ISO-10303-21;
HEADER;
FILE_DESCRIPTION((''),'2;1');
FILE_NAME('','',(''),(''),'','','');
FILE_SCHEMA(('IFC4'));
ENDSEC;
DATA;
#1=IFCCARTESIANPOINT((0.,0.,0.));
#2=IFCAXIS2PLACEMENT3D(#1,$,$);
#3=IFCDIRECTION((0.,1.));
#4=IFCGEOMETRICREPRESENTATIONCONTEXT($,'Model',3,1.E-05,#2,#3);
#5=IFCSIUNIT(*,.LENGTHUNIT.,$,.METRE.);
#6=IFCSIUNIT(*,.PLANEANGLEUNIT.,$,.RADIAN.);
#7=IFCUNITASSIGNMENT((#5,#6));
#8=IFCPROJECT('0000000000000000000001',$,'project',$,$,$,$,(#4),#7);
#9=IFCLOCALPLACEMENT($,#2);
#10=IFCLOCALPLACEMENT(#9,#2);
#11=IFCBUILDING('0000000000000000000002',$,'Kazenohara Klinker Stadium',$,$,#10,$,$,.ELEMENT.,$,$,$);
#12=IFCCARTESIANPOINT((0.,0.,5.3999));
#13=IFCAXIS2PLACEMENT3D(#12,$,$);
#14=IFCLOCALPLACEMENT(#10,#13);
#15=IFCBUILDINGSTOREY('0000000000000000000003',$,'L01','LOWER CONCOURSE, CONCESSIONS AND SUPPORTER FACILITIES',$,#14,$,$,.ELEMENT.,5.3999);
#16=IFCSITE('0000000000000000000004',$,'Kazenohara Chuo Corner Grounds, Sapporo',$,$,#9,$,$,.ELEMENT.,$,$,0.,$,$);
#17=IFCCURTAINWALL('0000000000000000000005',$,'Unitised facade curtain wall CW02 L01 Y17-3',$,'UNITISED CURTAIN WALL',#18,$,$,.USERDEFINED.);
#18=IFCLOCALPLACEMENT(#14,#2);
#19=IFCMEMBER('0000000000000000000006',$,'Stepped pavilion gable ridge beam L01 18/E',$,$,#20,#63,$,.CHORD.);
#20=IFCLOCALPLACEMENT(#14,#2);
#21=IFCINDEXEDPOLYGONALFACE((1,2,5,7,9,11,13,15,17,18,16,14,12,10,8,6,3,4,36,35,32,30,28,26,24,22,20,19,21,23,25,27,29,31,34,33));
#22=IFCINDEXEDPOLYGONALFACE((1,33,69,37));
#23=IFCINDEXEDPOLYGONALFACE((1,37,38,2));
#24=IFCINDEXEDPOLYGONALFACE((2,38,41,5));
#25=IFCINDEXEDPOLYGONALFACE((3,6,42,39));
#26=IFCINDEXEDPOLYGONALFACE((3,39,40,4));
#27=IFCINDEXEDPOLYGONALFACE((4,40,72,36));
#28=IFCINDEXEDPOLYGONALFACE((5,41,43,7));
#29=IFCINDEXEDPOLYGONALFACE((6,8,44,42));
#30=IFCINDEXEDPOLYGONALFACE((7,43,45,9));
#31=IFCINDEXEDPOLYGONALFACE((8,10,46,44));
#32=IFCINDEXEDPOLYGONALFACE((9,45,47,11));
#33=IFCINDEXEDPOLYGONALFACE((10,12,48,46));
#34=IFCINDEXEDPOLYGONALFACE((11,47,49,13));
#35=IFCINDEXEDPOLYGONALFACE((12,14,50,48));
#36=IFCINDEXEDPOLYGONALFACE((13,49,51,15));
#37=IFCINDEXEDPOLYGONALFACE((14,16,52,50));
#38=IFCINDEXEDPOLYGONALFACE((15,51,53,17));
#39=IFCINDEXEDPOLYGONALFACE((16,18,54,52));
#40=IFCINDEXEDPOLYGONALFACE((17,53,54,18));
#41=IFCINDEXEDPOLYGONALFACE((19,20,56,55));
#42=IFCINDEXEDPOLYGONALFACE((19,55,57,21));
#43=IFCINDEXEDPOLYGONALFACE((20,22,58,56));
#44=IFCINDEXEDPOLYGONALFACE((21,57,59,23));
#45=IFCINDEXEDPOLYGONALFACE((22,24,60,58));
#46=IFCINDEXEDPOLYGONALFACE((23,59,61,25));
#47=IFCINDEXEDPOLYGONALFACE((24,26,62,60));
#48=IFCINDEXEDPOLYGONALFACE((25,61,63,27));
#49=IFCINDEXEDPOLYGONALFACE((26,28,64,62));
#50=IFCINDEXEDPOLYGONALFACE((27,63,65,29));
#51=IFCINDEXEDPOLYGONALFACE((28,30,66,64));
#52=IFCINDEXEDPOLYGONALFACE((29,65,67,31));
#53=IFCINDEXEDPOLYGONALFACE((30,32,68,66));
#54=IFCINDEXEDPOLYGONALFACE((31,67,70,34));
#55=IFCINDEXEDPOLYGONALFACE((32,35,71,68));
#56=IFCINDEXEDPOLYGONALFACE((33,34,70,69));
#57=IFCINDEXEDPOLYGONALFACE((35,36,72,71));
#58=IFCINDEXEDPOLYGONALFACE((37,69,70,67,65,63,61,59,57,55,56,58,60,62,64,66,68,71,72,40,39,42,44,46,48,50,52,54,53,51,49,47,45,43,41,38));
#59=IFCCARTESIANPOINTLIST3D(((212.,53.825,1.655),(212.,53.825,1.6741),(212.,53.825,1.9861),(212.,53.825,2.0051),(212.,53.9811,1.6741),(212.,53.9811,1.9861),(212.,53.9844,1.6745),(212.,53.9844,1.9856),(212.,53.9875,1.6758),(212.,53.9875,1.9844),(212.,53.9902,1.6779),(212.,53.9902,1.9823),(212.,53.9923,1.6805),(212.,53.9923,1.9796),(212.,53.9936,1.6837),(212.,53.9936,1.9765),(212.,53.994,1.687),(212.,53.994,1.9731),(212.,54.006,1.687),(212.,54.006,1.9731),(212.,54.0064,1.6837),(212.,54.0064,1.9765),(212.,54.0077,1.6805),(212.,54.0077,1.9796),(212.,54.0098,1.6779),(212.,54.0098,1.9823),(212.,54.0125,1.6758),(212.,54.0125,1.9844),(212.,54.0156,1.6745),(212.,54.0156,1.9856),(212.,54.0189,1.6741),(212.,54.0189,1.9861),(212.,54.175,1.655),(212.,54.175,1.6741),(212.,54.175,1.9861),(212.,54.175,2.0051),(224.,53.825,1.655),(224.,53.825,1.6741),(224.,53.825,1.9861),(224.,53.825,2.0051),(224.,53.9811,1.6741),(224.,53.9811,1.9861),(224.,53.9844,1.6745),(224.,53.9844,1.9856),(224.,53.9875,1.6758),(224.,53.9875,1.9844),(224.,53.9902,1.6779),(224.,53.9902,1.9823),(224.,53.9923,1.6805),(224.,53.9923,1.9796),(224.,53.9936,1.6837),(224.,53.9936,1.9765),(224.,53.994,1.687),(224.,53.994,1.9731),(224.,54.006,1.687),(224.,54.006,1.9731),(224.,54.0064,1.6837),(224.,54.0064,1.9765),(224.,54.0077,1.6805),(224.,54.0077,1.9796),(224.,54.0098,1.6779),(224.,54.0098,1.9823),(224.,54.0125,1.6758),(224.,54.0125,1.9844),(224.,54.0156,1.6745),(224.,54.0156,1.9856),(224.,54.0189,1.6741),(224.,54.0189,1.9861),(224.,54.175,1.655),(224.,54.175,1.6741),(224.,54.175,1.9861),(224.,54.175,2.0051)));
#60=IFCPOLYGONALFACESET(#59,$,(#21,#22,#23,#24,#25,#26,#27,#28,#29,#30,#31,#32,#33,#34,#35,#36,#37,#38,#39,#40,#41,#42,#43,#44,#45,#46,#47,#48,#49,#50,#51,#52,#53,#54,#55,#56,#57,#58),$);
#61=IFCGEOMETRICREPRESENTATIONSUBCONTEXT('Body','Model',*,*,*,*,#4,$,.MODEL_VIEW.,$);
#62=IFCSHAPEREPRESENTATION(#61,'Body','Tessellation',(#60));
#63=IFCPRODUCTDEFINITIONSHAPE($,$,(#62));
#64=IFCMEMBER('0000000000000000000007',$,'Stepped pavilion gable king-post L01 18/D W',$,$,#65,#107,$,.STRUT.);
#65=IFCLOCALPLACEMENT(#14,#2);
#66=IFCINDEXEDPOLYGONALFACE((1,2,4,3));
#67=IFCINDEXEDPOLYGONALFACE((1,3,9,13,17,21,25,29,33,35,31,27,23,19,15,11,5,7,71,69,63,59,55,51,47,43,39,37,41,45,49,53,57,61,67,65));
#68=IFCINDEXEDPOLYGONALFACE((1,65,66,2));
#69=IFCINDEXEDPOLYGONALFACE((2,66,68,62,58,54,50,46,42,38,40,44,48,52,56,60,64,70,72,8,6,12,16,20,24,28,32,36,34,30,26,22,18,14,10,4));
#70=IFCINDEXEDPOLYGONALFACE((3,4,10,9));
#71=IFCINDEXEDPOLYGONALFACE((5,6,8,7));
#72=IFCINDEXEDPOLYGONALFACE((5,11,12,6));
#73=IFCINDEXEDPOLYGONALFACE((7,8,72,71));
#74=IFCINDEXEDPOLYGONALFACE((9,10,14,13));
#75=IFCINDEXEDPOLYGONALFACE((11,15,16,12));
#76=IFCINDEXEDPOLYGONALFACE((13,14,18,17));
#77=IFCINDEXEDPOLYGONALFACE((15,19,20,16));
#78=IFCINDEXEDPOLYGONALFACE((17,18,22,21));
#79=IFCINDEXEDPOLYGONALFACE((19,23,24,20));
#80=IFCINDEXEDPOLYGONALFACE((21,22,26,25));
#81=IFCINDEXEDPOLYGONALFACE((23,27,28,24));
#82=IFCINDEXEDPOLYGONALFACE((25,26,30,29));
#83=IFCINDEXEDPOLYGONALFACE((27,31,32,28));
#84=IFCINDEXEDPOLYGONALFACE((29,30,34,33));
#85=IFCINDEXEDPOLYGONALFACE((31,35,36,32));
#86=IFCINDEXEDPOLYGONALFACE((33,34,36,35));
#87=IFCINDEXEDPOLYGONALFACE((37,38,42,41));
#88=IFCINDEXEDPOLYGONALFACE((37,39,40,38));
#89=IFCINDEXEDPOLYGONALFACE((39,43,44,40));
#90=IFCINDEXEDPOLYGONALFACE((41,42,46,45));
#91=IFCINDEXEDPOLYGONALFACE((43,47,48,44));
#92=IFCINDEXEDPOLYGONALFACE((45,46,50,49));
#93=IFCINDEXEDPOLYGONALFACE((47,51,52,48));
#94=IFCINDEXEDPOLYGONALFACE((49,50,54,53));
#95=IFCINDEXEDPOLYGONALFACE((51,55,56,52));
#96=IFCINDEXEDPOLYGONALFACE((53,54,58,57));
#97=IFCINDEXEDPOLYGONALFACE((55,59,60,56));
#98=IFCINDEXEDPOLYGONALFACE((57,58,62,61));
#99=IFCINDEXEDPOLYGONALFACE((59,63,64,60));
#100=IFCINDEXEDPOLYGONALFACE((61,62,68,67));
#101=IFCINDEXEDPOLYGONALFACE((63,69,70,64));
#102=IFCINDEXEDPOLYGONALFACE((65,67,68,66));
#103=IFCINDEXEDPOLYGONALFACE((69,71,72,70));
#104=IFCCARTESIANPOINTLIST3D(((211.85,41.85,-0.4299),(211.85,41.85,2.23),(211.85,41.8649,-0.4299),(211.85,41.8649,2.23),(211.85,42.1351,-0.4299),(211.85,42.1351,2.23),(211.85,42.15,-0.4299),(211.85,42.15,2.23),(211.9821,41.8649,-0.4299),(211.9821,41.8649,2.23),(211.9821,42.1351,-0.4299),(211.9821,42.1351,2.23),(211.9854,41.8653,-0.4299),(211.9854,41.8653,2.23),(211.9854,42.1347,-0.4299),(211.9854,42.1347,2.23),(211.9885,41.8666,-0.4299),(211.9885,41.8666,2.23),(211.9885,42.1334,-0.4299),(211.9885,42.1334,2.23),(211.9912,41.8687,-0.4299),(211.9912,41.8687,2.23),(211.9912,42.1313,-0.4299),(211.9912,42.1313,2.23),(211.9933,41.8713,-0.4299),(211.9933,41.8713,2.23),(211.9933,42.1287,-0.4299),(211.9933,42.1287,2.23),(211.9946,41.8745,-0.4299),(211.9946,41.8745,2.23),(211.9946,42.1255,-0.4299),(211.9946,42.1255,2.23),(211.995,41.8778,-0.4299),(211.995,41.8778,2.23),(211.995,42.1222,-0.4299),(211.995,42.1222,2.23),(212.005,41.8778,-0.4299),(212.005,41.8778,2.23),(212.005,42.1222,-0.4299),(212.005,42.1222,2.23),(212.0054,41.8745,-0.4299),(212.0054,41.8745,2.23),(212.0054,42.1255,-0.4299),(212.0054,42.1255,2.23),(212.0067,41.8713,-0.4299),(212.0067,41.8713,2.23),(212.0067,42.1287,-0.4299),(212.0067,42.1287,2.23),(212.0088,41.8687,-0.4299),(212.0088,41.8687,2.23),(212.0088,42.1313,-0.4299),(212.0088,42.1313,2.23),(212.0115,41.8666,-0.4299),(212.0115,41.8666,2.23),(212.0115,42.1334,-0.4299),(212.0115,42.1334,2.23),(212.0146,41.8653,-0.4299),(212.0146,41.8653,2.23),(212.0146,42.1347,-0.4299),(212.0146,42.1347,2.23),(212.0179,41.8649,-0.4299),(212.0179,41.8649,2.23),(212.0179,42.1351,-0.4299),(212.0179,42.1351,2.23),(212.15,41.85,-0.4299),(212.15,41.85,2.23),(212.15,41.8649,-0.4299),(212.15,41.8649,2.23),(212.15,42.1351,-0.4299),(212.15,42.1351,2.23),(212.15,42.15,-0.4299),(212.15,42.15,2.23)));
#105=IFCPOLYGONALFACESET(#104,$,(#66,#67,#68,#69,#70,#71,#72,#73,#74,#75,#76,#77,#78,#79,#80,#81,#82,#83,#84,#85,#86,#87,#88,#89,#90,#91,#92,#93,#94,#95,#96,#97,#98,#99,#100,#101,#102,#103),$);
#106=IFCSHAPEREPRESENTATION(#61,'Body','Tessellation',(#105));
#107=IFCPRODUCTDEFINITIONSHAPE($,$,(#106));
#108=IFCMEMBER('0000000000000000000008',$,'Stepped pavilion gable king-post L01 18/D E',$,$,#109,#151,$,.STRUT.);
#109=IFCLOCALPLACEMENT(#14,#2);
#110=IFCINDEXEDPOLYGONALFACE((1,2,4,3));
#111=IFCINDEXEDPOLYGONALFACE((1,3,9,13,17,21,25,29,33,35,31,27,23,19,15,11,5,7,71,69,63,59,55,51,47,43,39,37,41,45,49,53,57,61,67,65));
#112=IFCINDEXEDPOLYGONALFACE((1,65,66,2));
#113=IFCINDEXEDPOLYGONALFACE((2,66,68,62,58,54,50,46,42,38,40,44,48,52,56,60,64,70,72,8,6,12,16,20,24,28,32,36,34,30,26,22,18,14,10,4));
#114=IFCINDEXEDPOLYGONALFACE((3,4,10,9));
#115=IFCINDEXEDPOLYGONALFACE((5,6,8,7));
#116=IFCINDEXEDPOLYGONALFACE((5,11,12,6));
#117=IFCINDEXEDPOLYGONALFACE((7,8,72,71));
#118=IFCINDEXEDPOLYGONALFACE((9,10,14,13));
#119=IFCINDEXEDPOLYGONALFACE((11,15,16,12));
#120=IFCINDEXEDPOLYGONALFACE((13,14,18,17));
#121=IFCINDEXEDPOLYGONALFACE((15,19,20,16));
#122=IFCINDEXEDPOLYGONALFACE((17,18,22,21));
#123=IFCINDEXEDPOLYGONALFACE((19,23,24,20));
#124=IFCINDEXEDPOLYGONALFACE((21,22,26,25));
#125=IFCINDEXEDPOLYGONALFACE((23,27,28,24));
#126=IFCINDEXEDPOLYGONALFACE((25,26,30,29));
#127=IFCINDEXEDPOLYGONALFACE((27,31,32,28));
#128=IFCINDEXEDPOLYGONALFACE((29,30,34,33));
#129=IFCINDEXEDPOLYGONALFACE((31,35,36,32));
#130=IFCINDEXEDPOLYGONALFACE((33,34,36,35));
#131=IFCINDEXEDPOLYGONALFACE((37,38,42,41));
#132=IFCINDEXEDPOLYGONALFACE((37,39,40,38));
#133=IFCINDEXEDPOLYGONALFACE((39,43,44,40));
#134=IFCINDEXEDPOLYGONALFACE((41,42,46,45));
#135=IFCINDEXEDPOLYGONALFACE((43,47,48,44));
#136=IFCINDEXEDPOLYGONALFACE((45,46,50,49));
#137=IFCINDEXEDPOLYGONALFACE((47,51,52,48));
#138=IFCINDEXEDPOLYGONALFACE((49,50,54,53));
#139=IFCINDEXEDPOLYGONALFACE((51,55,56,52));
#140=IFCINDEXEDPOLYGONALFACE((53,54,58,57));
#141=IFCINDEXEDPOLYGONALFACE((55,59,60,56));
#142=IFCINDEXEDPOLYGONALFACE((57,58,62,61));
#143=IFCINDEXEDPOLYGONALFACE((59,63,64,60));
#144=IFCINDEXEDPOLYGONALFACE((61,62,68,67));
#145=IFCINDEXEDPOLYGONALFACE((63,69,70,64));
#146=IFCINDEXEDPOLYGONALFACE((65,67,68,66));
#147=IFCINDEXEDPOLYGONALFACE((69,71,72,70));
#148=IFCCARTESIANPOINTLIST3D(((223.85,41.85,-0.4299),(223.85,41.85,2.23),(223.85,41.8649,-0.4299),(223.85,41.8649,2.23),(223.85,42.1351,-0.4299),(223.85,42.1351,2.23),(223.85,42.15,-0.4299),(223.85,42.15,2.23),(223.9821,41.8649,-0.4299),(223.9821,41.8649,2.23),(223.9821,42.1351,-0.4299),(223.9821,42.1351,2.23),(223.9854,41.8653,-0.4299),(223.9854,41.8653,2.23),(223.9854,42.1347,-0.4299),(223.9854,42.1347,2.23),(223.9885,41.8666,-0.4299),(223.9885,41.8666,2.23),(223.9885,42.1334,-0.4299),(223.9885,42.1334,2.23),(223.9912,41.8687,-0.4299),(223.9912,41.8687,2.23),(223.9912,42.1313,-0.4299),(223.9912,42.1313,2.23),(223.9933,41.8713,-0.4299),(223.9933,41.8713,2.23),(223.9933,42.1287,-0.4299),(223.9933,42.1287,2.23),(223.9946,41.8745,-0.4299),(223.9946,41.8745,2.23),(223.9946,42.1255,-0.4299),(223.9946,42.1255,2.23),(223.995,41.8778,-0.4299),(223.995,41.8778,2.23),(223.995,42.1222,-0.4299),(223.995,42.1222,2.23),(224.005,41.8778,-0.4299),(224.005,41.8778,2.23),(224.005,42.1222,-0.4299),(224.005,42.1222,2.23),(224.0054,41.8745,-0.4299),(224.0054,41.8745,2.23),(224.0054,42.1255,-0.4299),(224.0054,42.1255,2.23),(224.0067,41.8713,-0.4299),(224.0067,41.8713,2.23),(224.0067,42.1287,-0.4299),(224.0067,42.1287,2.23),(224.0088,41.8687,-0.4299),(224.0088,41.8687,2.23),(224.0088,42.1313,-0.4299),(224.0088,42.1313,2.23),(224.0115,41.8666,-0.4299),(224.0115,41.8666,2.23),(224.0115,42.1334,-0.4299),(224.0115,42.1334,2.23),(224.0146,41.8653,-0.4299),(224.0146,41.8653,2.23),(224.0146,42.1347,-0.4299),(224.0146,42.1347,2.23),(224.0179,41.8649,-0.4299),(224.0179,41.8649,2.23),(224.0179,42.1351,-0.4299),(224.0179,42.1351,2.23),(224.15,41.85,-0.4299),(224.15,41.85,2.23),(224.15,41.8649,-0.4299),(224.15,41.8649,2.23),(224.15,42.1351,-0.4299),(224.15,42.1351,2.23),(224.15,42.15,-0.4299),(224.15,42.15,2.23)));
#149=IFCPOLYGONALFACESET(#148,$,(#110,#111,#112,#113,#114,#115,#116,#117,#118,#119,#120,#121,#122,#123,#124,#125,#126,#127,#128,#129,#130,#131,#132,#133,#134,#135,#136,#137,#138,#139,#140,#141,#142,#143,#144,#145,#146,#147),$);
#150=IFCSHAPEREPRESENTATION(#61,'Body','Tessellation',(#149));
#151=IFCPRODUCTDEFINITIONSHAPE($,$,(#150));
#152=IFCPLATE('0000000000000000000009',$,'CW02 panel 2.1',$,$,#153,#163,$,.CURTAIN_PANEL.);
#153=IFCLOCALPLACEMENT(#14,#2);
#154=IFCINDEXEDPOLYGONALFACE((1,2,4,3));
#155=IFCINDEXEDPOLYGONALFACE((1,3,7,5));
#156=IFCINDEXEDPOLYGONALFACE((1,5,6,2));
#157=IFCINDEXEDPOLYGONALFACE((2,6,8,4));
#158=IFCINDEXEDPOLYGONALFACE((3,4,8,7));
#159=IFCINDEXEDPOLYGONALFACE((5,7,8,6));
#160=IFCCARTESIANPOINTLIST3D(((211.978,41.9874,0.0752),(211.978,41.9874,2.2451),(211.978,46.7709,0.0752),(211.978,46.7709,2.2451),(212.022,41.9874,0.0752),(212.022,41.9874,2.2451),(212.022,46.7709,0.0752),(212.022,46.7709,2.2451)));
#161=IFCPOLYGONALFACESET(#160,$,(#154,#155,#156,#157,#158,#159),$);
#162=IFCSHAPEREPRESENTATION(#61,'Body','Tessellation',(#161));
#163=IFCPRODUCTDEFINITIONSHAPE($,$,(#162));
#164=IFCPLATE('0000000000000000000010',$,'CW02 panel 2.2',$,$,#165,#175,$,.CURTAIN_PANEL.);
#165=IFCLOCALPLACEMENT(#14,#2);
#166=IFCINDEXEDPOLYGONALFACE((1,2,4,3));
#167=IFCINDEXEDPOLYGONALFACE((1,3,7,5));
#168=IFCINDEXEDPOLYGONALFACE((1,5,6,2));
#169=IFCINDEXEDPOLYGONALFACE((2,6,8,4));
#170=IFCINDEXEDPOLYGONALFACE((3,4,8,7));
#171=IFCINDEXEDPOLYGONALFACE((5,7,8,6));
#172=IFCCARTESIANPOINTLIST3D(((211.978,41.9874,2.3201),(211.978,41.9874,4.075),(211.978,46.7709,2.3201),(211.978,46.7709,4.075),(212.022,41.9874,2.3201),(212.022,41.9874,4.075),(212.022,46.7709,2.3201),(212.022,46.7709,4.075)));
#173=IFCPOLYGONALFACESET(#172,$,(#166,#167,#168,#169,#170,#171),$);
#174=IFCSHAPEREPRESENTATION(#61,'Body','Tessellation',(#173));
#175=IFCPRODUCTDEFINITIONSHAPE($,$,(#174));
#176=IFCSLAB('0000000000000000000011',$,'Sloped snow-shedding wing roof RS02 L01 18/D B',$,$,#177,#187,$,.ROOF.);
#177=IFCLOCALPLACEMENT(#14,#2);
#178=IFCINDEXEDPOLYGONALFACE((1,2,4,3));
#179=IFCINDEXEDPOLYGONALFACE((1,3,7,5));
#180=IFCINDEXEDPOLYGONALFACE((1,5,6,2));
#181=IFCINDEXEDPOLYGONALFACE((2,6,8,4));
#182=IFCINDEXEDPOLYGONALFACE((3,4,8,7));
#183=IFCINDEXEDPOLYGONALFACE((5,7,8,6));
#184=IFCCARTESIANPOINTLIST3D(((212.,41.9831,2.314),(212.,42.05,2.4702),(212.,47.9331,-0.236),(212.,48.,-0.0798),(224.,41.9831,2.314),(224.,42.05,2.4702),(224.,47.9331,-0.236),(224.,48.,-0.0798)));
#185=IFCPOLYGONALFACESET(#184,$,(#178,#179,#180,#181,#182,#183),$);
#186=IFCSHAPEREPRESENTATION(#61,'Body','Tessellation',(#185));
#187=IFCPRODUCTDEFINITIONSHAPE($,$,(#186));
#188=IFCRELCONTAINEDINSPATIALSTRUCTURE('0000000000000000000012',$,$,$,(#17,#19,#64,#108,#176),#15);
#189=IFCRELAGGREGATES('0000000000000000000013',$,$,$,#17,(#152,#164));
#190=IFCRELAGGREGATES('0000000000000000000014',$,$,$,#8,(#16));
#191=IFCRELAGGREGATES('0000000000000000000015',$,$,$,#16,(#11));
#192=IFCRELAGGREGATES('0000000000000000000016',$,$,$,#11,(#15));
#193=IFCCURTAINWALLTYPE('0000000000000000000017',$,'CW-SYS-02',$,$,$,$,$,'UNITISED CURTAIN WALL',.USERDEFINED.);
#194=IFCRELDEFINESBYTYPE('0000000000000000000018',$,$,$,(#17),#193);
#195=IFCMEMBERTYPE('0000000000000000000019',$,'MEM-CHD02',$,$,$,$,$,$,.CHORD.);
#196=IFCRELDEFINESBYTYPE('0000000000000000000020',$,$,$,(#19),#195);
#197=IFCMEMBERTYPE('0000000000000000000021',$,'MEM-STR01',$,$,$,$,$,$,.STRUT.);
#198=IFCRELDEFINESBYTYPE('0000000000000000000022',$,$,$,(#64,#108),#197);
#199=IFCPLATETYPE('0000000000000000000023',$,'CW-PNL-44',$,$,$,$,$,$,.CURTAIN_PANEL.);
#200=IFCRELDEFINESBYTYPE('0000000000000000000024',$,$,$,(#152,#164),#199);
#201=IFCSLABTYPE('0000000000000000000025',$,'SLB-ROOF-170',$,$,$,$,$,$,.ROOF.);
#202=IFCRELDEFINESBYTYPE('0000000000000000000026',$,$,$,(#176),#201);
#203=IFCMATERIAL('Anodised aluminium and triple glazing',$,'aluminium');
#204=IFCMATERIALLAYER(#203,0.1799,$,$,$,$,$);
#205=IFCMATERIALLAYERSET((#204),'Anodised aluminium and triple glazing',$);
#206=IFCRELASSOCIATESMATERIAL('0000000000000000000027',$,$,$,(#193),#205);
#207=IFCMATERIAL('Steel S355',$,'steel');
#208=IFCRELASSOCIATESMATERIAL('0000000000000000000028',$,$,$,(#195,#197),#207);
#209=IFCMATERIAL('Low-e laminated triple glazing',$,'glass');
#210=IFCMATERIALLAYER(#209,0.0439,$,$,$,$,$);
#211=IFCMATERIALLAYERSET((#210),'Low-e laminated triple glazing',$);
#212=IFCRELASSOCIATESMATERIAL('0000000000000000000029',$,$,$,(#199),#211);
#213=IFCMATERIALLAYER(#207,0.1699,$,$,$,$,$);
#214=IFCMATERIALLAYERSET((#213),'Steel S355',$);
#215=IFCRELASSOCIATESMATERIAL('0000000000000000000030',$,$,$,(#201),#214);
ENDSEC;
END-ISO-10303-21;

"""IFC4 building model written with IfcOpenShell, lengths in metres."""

from ifc_helpers import new_model, si_unit, direction, frame, origin, origin_2d, place, context, subcontext, project, spatial, polyline, rectangle, i_section, outline, extrude, material, layer, layer_set, material_profile, profile_set, type_object, element, aggregate, save


model = new_model("IFC4")

# Units and contexts
model_context = context("Model", 3, precision=1e-05, world=origin(), true_north=direction((0.0, 1.0)))
body_context = subcontext(model_context, "Body", "Model", "MODEL_VIEW")
ifc_project = project(units=[si_unit("LENGTHUNIT", "METRE"), si_unit("PLANEANGLEUNIT", "RADIAN")], contexts=[model_context])

# Site, building, storey
site_placement = place(None, origin())
site = spatial("IfcSite", under=ifc_project, at=site_placement, Name="Kazenohara Chuo Corner Grounds, Sapporo", CompositionType="ELEMENT", RefElevation=0.0)
building_placement = place(site_placement, origin())
building = spatial("IfcBuilding", under=site, at=building_placement, Name="Kazenohara Klinker Stadium", CompositionType="ELEMENT")
storey_placement = place(building_placement, frame((0.0, 0.0, 5.3999)))
storey = spatial("IfcBuildingStorey", under=building, at=storey_placement, Name="L01", Description="LOWER CONCOURSE, CONCESSIONS AND SUPPORTER FACILITIES", CompositionType="ELEMENT", Elevation=5.3999)

# Shared definitions
ifc_material_1 = material(Name="Steel S355", Category="steel")

# Curtain wall
ifc_material_2 = material(Name="Anodised aluminium and triple glazing", Category="aluminium")
ifc_layer_1 = layer(ifc_material_2, 0.1799)
ifc_layer_set_1 = layer_set([ifc_layer_1], Name="Anodised aluminium and triple glazing")
curtain_wall_type = type_object("IfcCurtainWallType", Name="CW-SYS-02", ElementType="UNITISED CURTAIN WALL", PredefinedType="USERDEFINED", material=ifc_layer_set_1)
curtain_wall_placement = place(storey_placement, origin())
curtain_wall = element("IfcCurtainWall", 1, at=curtain_wall_placement, inside=storey, type_object=curtain_wall_type, Name="Unitised facade curtain wall CW02 L01 Y17-3", ObjectType="UNITISED CURTAIN WALL", PredefinedType="USERDEFINED")

# Members
ifc_material_profile_1 = material_profile(ifc_material_1, i_section(OverallWidth=0.3501, OverallDepth=0.3501, WebThickness=0.012, FlangeThickness=0.019, FilletRadius=0.0129, at=origin_2d()), Name="H-350x350x12x19")
ifc_profile_set_1 = profile_set([ifc_material_profile_1], Name="Steel S355")
member_type_1 = type_object("IfcMemberType", Name="MEM-CHD02", PredefinedType="CHORD", material=ifc_profile_set_1)
for number, where, z_axis, x_axis, name in (
    (2, (212.0, 54.0, 1.8301), (1.0, 0.0, 0.0), (0.0, 1.0, 0.0), "Stepped pavilion gable ridge beam L01 18/E"),
):
    element("IfcMember", number, at=place(storey_placement, frame(where, z_axis=z_axis, x_axis=x_axis)), inside=storey, type_object=member_type_1, Name=name, PredefinedType="CHORD", context=body_context, shape_type="SweptSolid", body=[
        extrude(i_section(OverallWidth=0.3501, OverallDepth=0.3501, WebThickness=0.012, FlangeThickness=0.019, FilletRadius=0.0129, at=origin_2d()), origin(), (0.0, 0.0, 1.0), 12.0),
    ])
ifc_material_profile_2 = material_profile(ifc_material_1, i_section(OverallWidth=0.3, OverallDepth=0.3, WebThickness=0.01, FlangeThickness=0.0149, FilletRadius=0.0129, at=origin_2d()), Name="H-300x300x10x15")
ifc_profile_set_2 = profile_set([ifc_material_profile_2], Name="Steel S355")
member_type_2 = type_object("IfcMemberType", Name="MEM-STR01", PredefinedType="STRUT", material=ifc_profile_set_2)
for number, where, z_axis, x_axis, name in (
    (3, (212.0, 42.0, -0.4299), (0.0, 0.0, 1.0), (1.0, 0.0, 0.0), "Stepped pavilion gable king-post L01 18/D W"),
    (4, (224.0, 42.0, -0.4299), (0.0, 0.0, 1.0), (1.0, 0.0, 0.0), "Stepped pavilion gable king-post L01 18/D E"),
):
    element("IfcMember", number, at=place(storey_placement, frame(where, z_axis=z_axis, x_axis=x_axis)), inside=storey, type_object=member_type_2, Name=name, PredefinedType="STRUT", context=body_context, shape_type="SweptSolid", body=[
        extrude(i_section(OverallWidth=0.3, OverallDepth=0.3, WebThickness=0.01, FlangeThickness=0.0149, FilletRadius=0.0129, at=origin_2d()), origin(), (0.0, 0.0, 1.0), 2.6599),
    ])

# Plates
ifc_material_3 = material(Name="Low-e laminated triple glazing", Category="glass")
ifc_layer_2 = layer(ifc_material_3, 0.0439)
ifc_layer_set_2 = layer_set([ifc_layer_2], Name="Low-e laminated triple glazing")
plate_type = type_object("IfcPlateType", Name="CW-PNL-44", PredefinedType="CURTAIN_PANEL", material=ifc_layer_set_2)
plate_1_placement = place(storey_placement, frame((212.0, 44.3792, 0.0752), z_axis=(0.0, 0.0, 1.0), x_axis=(0.0, 1.0, 0.0)))
plate_1 = element("IfcPlate", 5, at=plate_1_placement, type_object=plate_type, Name="CW02 panel 2.1", PredefinedType="CURTAIN_PANEL", context=body_context, shape_type="SweptSolid", body=[
    extrude(rectangle(XDim=4.7834, YDim=0.0439, at=origin_2d()), origin(), (0.0, 0.0, 1.0), 2.1699),
])
plate_2_placement = place(storey_placement, frame((212.0, 44.3792, 2.3201), z_axis=(0.0, 0.0, 1.0), x_axis=(0.0, 1.0, 0.0)))
plate_2 = element("IfcPlate", 6, at=plate_2_placement, type_object=plate_type, Name="CW02 panel 2.2", PredefinedType="CURTAIN_PANEL", context=body_context, shape_type="SweptSolid", body=[
    extrude(rectangle(XDim=4.7834, YDim=0.0439, at=origin_2d()), origin(), (0.0, 0.0, 1.0), 1.7549),
])
aggregate(curtain_wall, [plate_1, plate_2])

# Slab
ifc_layer_3 = layer(ifc_material_1, 0.1699)
ifc_layer_set_3 = layer_set([ifc_layer_3], Name="Steel S355")
slab_type = type_object("IfcSlabType", Name="SLB-ROOF-170", PredefinedType="ROOF", material=ifc_layer_set_3)
slab_1_placement = place(storey_placement, frame((212.0, 42.05, 2.4702), z_axis=(0.0, 0.393928, 0.919141), x_axis=(1.0, 0.0, 0.0)))
element("IfcSlab", 7, at=slab_1_placement, inside=storey, type_object=slab_type, Name="Sloped snow-shedding wing roof RS02 L01 18/D B", PredefinedType="ROOF", context=body_context, shape_type="SweptSolid", body=[
    extrude(outline(polyline([(0.0, 0.0), (12.0, 0.0), (12.0, 6.4734), (0.0, 6.4734), (0.0, 0.0)])), origin(), (0.0, 0.0, -1.0), 0.1699),
])

save(model, "model.ifc")
